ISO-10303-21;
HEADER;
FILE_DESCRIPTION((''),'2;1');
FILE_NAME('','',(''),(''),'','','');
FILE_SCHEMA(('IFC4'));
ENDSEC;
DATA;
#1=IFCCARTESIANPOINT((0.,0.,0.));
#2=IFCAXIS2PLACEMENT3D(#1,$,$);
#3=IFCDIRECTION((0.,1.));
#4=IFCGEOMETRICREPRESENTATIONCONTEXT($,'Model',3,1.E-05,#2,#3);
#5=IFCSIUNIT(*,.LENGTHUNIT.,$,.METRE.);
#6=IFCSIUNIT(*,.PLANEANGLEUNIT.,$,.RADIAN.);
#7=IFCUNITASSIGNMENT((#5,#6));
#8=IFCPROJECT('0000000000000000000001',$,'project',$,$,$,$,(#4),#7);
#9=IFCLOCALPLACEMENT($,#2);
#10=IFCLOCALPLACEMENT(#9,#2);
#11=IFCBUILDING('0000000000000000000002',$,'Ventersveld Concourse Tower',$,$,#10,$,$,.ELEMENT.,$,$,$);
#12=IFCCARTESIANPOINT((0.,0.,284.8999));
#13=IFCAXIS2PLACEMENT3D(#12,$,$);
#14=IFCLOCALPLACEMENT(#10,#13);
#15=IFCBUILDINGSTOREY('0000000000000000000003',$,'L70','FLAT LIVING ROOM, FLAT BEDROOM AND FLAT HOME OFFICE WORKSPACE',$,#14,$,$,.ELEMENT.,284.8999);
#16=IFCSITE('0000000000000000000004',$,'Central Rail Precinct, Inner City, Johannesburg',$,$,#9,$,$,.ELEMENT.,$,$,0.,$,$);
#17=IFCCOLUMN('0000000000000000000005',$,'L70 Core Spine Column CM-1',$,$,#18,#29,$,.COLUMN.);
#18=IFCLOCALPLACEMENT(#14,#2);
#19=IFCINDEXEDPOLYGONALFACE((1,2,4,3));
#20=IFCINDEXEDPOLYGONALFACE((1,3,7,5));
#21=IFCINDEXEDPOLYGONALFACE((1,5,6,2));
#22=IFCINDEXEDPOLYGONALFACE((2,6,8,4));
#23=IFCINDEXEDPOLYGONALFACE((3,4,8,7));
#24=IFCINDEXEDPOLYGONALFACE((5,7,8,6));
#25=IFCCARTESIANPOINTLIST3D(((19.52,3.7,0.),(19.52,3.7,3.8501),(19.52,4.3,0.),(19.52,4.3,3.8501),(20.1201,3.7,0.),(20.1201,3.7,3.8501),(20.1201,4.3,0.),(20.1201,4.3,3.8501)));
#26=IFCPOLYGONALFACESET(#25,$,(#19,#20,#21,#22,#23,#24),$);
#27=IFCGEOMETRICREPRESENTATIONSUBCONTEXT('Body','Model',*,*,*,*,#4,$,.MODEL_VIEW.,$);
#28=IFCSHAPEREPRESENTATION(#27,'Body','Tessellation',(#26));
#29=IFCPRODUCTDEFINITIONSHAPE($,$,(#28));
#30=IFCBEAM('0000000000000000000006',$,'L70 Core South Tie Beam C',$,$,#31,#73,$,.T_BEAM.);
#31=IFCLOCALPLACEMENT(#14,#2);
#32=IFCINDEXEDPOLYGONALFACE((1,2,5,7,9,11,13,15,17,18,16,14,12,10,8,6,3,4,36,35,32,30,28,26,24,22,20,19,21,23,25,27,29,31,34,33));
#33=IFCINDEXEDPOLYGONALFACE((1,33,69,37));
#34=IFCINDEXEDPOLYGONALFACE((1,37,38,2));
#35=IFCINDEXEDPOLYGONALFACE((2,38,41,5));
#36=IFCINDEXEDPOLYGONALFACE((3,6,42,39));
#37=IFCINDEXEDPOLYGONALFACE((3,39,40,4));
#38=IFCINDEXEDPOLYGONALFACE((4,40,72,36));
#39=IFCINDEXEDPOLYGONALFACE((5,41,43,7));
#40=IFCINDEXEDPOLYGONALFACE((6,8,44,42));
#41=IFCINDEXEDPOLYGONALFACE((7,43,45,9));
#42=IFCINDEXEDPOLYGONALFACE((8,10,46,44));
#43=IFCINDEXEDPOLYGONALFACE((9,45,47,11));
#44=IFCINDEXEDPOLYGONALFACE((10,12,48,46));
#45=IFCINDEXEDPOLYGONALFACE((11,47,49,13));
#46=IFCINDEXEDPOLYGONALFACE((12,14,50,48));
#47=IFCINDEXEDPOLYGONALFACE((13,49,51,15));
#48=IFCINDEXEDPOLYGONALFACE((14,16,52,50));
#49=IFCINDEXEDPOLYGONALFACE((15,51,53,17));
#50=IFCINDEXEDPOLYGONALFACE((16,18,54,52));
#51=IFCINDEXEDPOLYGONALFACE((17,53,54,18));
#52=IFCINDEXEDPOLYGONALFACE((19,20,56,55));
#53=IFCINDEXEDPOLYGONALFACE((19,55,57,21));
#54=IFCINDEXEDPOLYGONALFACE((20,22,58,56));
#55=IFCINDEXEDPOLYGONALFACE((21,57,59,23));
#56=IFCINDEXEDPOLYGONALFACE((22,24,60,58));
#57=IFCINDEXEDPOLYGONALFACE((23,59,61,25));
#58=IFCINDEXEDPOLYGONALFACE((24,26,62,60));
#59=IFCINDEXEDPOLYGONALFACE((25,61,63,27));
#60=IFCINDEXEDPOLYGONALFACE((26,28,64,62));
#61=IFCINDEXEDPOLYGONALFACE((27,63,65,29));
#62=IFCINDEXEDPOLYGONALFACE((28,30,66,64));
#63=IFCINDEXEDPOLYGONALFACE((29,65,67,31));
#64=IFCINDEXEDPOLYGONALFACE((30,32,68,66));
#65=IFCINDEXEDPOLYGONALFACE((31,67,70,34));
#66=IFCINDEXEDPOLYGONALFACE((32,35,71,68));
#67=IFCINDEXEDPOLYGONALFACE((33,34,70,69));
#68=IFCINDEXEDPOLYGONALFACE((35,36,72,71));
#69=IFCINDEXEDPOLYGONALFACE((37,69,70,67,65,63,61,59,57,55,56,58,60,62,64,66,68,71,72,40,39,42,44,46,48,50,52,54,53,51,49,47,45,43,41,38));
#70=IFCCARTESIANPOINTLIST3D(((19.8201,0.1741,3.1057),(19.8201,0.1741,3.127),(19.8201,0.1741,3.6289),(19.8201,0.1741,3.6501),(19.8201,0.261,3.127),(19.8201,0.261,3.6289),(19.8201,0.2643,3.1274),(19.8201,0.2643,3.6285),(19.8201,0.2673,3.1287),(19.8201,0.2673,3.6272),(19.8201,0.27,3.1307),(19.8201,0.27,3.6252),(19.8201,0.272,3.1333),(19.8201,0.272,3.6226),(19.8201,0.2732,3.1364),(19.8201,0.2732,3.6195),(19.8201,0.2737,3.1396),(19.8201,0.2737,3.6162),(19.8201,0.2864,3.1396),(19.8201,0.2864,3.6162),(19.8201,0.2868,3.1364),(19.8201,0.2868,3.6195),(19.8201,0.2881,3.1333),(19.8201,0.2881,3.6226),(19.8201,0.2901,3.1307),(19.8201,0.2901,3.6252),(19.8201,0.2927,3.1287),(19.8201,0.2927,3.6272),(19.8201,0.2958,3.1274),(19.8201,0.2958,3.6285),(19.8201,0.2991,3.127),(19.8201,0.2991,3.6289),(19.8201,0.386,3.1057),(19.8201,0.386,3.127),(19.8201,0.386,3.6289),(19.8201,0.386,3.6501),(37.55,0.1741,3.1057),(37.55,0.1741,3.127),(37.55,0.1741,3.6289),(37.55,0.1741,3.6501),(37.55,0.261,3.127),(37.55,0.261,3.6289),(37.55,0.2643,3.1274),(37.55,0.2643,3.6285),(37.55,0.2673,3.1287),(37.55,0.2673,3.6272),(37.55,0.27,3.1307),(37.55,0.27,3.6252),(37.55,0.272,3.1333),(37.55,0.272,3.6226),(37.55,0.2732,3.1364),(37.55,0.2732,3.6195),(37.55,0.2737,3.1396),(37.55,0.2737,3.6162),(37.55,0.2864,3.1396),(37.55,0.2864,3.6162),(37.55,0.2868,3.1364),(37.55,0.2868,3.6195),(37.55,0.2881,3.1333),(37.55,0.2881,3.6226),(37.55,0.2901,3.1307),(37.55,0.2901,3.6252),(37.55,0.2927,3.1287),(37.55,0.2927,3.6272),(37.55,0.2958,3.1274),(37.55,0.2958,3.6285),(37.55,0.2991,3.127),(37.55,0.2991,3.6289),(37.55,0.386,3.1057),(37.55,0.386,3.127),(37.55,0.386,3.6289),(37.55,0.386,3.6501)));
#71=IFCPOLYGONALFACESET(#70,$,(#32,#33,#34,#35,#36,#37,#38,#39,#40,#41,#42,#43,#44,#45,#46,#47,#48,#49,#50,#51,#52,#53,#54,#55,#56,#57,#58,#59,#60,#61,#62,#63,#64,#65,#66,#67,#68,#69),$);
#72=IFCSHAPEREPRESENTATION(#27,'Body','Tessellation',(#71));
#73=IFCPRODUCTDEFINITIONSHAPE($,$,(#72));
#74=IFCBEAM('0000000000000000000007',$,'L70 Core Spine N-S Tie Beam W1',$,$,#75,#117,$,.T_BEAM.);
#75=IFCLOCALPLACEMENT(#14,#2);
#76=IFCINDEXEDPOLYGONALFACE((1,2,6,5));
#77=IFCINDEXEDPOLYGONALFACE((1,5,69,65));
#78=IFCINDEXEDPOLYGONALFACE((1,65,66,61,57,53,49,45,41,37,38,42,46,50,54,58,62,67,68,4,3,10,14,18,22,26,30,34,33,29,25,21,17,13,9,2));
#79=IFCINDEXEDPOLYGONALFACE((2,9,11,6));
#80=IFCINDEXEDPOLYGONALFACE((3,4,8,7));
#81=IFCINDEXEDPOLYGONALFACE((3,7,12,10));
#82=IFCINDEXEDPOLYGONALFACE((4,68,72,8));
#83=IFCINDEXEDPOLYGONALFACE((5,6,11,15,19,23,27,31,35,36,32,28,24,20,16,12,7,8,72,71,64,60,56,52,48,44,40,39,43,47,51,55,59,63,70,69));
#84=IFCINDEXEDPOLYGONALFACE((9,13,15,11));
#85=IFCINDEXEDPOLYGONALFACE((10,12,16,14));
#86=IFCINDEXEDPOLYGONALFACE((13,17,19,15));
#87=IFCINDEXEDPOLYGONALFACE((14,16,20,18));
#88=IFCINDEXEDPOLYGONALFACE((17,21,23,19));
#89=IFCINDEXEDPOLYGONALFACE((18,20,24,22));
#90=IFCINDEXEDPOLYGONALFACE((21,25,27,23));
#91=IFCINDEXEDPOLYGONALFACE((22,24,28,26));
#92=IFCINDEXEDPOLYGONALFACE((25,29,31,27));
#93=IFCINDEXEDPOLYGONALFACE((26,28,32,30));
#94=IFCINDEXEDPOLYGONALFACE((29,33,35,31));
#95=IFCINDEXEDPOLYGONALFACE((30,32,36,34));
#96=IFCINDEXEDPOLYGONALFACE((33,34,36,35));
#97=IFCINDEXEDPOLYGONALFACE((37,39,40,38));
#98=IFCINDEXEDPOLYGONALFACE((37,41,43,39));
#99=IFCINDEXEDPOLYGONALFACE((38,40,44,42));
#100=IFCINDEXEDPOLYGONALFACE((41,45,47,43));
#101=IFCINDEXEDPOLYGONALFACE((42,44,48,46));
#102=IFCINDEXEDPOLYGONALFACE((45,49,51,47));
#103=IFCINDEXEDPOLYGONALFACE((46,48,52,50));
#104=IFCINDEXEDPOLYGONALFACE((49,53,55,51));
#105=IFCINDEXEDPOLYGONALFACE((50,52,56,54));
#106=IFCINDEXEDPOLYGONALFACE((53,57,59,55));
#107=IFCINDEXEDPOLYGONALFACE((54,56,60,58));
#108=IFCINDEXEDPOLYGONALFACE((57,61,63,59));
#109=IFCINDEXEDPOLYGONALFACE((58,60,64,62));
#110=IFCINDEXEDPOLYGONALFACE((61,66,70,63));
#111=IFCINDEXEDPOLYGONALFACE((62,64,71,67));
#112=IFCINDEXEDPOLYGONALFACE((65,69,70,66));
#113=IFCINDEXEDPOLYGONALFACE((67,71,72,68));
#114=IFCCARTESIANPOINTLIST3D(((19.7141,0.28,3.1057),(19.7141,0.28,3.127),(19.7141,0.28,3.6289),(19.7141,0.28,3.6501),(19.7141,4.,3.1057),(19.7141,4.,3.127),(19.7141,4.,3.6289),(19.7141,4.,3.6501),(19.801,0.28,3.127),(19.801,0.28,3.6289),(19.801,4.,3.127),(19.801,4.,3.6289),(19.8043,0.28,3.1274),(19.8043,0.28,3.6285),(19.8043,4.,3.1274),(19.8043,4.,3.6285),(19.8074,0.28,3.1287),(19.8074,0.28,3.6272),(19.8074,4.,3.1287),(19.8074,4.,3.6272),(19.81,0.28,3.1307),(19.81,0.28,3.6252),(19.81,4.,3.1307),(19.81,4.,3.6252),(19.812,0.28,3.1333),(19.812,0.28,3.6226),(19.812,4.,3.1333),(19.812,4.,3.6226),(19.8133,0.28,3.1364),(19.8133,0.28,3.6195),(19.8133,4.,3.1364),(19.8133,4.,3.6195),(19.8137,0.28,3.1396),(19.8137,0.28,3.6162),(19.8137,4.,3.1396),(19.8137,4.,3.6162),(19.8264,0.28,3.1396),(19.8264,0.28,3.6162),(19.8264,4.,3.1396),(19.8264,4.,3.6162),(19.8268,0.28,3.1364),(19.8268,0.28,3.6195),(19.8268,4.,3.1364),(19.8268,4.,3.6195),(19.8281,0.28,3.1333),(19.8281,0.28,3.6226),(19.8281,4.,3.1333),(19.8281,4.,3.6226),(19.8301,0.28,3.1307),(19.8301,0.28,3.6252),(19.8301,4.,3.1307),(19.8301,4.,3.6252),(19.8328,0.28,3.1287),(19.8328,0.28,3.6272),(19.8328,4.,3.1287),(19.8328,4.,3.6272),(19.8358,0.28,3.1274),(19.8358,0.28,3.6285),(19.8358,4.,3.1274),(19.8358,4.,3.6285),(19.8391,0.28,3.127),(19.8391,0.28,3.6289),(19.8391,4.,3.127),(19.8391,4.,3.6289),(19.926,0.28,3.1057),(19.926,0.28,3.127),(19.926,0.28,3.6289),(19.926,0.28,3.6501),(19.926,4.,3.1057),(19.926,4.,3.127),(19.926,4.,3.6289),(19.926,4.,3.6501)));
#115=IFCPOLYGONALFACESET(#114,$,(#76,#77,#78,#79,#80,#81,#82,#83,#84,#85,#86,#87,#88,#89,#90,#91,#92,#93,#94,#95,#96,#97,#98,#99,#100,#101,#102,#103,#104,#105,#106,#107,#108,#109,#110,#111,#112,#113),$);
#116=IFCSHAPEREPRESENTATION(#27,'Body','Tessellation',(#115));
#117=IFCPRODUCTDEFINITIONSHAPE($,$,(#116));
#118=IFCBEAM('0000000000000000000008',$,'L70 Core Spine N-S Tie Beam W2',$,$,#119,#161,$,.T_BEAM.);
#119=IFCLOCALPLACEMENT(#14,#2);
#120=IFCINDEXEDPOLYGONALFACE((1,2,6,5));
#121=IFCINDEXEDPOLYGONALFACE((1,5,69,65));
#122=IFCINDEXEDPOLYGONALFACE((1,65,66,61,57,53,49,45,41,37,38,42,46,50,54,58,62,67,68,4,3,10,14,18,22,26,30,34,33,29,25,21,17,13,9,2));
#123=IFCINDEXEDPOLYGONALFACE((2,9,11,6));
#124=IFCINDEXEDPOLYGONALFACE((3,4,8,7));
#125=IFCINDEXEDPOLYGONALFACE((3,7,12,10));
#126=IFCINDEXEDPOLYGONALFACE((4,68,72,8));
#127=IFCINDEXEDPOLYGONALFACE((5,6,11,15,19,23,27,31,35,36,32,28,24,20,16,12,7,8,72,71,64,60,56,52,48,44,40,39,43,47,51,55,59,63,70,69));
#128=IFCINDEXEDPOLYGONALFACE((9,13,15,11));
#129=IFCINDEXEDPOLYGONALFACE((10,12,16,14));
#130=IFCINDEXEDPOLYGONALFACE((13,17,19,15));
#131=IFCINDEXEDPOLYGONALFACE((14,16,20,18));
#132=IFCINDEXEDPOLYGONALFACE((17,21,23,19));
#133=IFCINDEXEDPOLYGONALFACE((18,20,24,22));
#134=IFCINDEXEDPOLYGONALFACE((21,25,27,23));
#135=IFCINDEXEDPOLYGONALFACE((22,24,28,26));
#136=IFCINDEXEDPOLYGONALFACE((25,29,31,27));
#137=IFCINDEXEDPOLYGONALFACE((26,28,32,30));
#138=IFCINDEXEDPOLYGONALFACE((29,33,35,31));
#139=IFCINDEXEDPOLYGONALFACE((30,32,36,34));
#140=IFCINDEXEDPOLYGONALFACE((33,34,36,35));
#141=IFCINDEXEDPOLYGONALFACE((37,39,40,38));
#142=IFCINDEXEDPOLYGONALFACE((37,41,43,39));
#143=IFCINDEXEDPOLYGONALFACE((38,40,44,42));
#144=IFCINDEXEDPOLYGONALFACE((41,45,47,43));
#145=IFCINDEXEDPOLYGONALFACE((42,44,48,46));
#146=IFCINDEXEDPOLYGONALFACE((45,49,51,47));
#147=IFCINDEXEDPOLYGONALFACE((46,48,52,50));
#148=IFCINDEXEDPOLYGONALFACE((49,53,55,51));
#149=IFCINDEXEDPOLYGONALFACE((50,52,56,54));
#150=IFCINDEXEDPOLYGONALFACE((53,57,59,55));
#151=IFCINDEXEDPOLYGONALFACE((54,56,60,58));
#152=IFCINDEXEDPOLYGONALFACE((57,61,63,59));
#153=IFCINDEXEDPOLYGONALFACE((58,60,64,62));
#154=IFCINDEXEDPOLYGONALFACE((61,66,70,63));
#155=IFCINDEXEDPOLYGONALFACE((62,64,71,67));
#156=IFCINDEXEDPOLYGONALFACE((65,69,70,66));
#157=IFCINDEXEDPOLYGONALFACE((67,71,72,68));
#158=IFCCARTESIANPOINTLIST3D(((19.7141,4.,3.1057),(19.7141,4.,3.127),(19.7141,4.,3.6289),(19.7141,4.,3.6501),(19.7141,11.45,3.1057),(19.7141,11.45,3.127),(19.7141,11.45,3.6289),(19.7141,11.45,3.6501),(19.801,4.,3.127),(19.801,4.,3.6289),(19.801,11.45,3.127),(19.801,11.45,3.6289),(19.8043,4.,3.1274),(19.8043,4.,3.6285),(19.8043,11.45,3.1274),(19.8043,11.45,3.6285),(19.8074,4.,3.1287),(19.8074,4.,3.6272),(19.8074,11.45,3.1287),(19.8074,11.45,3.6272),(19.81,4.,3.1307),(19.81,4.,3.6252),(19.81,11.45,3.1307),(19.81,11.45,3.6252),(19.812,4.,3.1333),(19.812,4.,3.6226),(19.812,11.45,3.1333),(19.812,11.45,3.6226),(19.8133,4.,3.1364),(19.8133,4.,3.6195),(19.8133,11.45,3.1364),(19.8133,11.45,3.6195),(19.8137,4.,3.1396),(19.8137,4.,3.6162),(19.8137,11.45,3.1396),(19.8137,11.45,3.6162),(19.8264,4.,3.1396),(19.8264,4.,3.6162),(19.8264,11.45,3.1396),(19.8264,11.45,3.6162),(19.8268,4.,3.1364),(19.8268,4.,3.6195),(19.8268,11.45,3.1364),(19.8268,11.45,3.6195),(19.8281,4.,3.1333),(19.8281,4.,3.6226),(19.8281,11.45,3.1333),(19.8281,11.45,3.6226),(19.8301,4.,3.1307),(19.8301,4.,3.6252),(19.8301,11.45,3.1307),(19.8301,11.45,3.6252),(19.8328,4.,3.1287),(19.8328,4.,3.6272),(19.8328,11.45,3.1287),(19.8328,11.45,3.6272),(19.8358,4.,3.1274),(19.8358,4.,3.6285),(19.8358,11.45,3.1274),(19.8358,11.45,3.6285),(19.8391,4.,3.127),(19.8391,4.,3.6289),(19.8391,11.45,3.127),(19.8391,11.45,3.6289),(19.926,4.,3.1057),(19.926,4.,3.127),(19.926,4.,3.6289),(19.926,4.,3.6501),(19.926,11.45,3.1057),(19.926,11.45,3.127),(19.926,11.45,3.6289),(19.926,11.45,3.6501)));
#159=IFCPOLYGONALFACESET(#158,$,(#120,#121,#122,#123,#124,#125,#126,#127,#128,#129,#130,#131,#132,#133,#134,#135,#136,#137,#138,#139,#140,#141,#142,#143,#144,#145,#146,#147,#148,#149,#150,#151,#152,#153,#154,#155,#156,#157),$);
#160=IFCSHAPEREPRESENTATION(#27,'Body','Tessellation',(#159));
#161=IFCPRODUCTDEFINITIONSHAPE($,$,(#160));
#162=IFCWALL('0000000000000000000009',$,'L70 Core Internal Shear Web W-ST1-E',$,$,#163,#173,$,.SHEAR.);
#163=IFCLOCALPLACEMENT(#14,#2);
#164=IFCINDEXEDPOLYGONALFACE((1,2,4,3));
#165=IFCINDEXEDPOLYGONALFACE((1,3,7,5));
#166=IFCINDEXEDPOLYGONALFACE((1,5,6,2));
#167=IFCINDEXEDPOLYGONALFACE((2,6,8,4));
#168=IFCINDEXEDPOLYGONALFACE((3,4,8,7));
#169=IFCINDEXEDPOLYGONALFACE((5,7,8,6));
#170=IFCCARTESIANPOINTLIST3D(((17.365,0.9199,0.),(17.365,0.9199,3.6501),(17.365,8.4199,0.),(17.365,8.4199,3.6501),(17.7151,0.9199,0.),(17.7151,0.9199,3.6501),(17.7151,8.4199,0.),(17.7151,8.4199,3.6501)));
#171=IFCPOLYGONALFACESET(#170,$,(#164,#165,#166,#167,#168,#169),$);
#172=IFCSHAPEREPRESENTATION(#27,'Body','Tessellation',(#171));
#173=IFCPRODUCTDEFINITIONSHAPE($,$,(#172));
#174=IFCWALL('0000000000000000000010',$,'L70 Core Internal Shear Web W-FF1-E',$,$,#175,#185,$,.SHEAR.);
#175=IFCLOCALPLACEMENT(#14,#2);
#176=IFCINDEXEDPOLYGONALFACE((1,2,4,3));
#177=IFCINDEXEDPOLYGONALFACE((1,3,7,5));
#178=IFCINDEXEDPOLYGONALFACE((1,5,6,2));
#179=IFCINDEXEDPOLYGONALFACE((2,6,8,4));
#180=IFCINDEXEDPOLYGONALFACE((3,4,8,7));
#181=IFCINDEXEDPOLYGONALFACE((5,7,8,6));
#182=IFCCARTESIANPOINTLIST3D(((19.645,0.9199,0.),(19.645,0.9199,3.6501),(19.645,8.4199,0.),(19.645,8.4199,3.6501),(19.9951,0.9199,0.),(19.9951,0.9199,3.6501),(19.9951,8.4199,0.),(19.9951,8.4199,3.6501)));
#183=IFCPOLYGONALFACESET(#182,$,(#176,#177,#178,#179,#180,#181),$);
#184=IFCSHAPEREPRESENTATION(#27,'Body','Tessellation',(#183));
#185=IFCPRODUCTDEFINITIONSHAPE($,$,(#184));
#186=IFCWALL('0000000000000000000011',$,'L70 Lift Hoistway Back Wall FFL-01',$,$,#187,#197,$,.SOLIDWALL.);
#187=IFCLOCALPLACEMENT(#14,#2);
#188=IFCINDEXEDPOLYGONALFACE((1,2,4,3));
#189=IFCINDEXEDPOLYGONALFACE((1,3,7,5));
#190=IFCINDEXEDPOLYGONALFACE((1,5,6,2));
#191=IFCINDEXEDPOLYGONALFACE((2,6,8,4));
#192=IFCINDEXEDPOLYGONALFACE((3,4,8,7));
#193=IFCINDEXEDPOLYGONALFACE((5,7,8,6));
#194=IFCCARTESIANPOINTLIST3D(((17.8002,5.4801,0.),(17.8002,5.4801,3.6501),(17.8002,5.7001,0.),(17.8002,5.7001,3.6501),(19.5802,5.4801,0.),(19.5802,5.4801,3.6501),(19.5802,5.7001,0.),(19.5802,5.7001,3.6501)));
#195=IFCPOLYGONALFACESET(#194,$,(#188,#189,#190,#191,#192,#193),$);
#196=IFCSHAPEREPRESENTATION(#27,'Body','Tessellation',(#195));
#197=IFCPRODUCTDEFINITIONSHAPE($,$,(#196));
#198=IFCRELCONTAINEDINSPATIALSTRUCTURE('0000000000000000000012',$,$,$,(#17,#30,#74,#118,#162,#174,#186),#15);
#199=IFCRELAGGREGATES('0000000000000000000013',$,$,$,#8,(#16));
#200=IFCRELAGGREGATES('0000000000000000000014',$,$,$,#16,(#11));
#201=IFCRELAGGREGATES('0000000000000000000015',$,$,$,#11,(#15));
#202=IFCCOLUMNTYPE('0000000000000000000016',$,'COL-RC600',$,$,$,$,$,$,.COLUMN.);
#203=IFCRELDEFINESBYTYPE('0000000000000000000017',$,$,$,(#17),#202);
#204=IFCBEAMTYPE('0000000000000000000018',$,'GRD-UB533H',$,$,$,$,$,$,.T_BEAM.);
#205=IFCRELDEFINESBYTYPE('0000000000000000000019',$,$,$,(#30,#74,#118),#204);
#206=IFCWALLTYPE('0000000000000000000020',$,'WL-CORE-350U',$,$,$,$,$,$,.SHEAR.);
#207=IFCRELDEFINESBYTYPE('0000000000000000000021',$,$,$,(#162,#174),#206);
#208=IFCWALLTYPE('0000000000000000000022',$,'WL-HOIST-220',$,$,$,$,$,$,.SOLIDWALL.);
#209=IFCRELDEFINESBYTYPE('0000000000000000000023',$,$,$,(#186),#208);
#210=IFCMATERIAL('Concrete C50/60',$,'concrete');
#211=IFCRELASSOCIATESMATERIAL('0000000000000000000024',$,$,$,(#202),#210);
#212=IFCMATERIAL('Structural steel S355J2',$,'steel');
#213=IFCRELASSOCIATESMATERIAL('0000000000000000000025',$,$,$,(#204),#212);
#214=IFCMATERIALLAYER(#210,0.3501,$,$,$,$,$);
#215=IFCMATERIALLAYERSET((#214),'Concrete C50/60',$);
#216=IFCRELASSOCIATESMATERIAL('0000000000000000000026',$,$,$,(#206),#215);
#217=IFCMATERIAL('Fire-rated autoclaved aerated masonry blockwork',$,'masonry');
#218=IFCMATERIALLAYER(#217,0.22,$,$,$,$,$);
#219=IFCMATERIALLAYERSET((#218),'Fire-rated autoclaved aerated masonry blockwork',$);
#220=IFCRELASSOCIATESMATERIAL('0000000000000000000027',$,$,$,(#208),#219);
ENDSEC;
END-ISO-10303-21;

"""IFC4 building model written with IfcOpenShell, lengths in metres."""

from ifc_helpers import new_model, si_unit, direction, frame, frame_2d, origin, origin_2d, place, context, subcontext, project, spatial, rectangle, i_section, extrude, material, layer, layer_set, material_profile, profile_set, type_object, element, save


model = new_model("IFC4")

# Units and contexts
model_context = context("Model", 3, precision=1e-05, world=origin(), true_north=direction((0.0, 1.0)))
body_context = subcontext(model_context, "Body", "Model", "MODEL_VIEW")
ifc_project = project(units=[si_unit("LENGTHUNIT", "METRE"), si_unit("PLANEANGLEUNIT", "RADIAN")], contexts=[model_context])

# Site, building, storey
site_placement = place(None, origin())
site = spatial("IfcSite", under=ifc_project, at=site_placement, Name="Central Rail Precinct, Inner City, Johannesburg", CompositionType="ELEMENT", RefElevation=0.0)
building_placement = place(site_placement, origin())
building = spatial("IfcBuilding", under=site, at=building_placement, Name="Ventersveld Concourse Tower", CompositionType="ELEMENT")
storey_placement = place(building_placement, frame((0.0, 0.0, 284.8999)))
storey = spatial("IfcBuildingStorey", under=building, at=storey_placement, Name="L70", Description="FLAT LIVING ROOM, FLAT BEDROOM AND FLAT HOME OFFICE WORKSPACE", CompositionType="ELEMENT", Elevation=284.8999)

# Column
ifc_material_1 = material(Name="Concrete C50/60", Category="concrete")
ifc_material_profile_1 = material_profile(ifc_material_1, rectangle(XDim=0.6001, YDim=0.6001, at=origin_2d()), Name="RC 600x600")
ifc_profile_set_1 = profile_set([ifc_material_profile_1], Name="Concrete C50/60")
column_type = type_object("IfcColumnType", Name="COL-RC600", PredefinedType="COLUMN", material=ifc_profile_set_1)
column_placement = place(storey_placement, frame((19.8201, 4.0, 0.0), z_axis=(0.0, 0.0, 1.0), x_axis=(1.0, 0.0, 0.0)))
element("IfcColumn", 1, at=column_placement, inside=storey, type_object=column_type, Name="L70 Core Spine Column CM-1", PredefinedType="COLUMN", context=body_context, shape_type="SweptSolid", body=[
    extrude(rectangle(XDim=0.6001, YDim=0.6001, at=origin_2d()), origin(), (0.0, 0.0, 1.0), 3.8501),
])

# Beams
ifc_material_2 = material(Name="Structural steel S355J2", Category="steel")
ifc_material_profile_2 = material_profile(ifc_material_2, i_section(OverallWidth=0.2119, OverallDepth=0.5444, WebThickness=0.0127, FlangeThickness=0.0212, FilletRadius=0.0127, at=origin_2d()), Name="UB 533x210x122")
ifc_profile_set_2 = profile_set([ifc_material_profile_2], Name="Structural steel S355J2")
beam_type = type_object("IfcBeamType", Name="GRD-UB533H", PredefinedType="T_BEAM", material=ifc_profile_set_2)
beam_1_placement = place(storey_placement, frame((19.8201, 0.28, 3.3779), z_axis=(1.0, 0.0, 0.0), x_axis=(0.0, 1.0, 0.0)))
element("IfcBeam", 2, at=beam_1_placement, inside=storey, type_object=beam_type, Name="L70 Core South Tie Beam C", PredefinedType="T_BEAM", context=body_context, shape_type="SweptSolid", body=[
    extrude(i_section(OverallWidth=0.2119, OverallDepth=0.5444, WebThickness=0.0127, FlangeThickness=0.0212, FilletRadius=0.0127, at=origin_2d()), origin(), (0.0, 0.0, 1.0), 17.73),
])
beam_2_placement = place(storey_placement, frame((19.8201, 0.28, 3.3779), z_axis=(0.0, 1.0, 0.0), x_axis=(-1.0, 0.0, 0.0)))
element("IfcBeam", 3, at=beam_2_placement, inside=storey, type_object=beam_type, Name="L70 Core Spine N-S Tie Beam W1", PredefinedType="T_BEAM", context=body_context, shape_type="SweptSolid", body=[
    extrude(i_section(OverallWidth=0.2119, OverallDepth=0.5444, WebThickness=0.0127, FlangeThickness=0.0212, FilletRadius=0.0127, at=origin_2d()), origin(), (0.0, 0.0, 1.0), 3.72),
])
beam_3_placement = place(storey_placement, frame((19.8201, 4.0, 3.3779), z_axis=(0.0, 1.0, 0.0), x_axis=(-1.0, 0.0, 0.0)))
element("IfcBeam", 4, at=beam_3_placement, inside=storey, type_object=beam_type, Name="L70 Core Spine N-S Tie Beam W2", PredefinedType="T_BEAM", context=body_context, shape_type="SweptSolid", body=[
    extrude(i_section(OverallWidth=0.2119, OverallDepth=0.5444, WebThickness=0.0127, FlangeThickness=0.0212, FilletRadius=0.0127, at=origin_2d()), origin(), (0.0, 0.0, 1.0), 7.45),
])

# Walls
ifc_layer_1 = layer(ifc_material_1, 0.3501)
ifc_layer_set_1 = layer_set([ifc_layer_1], Name="Concrete C50/60")
wall_type_1 = type_object("IfcWallType", Name="WL-CORE-350U", PredefinedType="SHEAR", material=ifc_layer_set_1)
for number, where, z_axis, x_axis, name in (
    (5, (17.54, 0.9199, 0.0), (0.0, 0.0, 1.0), (0.0, 1.0, 0.0), "L70 Core Internal Shear Web W-ST1-E"),
    (6, (19.8201, 0.9199, 0.0), (0.0, 0.0, 1.0), (0.0, 1.0, 0.0), "L70 Core Internal Shear Web W-FF1-E"),
):
    element("IfcWall", number, at=place(storey_placement, frame(where, z_axis=z_axis, x_axis=x_axis)), inside=storey, type_object=wall_type_1, Name=name, PredefinedType="SHEAR", context=body_context, shape_type="SweptSolid", body=[
        extrude(rectangle(XDim=7.5, YDim=0.3501, at=frame_2d((3.75, 0.0))), origin(), (0.0, 0.0, 1.0), 3.6501),
    ])
ifc_material_3 = material(Name="Fire-rated autoclaved aerated masonry blockwork", Category="masonry")
ifc_layer_2 = layer(ifc_material_3, 0.22)
ifc_layer_set_2 = layer_set([ifc_layer_2], Name="Fire-rated autoclaved aerated masonry blockwork")
wall_type_2 = type_object("IfcWallType", Name="WL-HOIST-220", PredefinedType="SOLIDWALL", material=ifc_layer_set_2)
wall_1_placement = place(storey_placement, frame((17.8, 5.5901, 0.0), z_axis=(0.0, 0.0, 1.0), x_axis=(1.0, 0.0, 0.0)))
element("IfcWall", 7, at=wall_1_placement, inside=storey, type_object=wall_type_2, Name="L70 Lift Hoistway Back Wall FFL-01", PredefinedType="SOLIDWALL", context=body_context, shape_type="SweptSolid", body=[
    extrude(rectangle(XDim=1.78, YDim=0.22, at=frame_2d((0.8901, 0.0))), origin(), (0.0, 0.0, 1.0), 3.6501),
])

save(model, "model.ifc")
